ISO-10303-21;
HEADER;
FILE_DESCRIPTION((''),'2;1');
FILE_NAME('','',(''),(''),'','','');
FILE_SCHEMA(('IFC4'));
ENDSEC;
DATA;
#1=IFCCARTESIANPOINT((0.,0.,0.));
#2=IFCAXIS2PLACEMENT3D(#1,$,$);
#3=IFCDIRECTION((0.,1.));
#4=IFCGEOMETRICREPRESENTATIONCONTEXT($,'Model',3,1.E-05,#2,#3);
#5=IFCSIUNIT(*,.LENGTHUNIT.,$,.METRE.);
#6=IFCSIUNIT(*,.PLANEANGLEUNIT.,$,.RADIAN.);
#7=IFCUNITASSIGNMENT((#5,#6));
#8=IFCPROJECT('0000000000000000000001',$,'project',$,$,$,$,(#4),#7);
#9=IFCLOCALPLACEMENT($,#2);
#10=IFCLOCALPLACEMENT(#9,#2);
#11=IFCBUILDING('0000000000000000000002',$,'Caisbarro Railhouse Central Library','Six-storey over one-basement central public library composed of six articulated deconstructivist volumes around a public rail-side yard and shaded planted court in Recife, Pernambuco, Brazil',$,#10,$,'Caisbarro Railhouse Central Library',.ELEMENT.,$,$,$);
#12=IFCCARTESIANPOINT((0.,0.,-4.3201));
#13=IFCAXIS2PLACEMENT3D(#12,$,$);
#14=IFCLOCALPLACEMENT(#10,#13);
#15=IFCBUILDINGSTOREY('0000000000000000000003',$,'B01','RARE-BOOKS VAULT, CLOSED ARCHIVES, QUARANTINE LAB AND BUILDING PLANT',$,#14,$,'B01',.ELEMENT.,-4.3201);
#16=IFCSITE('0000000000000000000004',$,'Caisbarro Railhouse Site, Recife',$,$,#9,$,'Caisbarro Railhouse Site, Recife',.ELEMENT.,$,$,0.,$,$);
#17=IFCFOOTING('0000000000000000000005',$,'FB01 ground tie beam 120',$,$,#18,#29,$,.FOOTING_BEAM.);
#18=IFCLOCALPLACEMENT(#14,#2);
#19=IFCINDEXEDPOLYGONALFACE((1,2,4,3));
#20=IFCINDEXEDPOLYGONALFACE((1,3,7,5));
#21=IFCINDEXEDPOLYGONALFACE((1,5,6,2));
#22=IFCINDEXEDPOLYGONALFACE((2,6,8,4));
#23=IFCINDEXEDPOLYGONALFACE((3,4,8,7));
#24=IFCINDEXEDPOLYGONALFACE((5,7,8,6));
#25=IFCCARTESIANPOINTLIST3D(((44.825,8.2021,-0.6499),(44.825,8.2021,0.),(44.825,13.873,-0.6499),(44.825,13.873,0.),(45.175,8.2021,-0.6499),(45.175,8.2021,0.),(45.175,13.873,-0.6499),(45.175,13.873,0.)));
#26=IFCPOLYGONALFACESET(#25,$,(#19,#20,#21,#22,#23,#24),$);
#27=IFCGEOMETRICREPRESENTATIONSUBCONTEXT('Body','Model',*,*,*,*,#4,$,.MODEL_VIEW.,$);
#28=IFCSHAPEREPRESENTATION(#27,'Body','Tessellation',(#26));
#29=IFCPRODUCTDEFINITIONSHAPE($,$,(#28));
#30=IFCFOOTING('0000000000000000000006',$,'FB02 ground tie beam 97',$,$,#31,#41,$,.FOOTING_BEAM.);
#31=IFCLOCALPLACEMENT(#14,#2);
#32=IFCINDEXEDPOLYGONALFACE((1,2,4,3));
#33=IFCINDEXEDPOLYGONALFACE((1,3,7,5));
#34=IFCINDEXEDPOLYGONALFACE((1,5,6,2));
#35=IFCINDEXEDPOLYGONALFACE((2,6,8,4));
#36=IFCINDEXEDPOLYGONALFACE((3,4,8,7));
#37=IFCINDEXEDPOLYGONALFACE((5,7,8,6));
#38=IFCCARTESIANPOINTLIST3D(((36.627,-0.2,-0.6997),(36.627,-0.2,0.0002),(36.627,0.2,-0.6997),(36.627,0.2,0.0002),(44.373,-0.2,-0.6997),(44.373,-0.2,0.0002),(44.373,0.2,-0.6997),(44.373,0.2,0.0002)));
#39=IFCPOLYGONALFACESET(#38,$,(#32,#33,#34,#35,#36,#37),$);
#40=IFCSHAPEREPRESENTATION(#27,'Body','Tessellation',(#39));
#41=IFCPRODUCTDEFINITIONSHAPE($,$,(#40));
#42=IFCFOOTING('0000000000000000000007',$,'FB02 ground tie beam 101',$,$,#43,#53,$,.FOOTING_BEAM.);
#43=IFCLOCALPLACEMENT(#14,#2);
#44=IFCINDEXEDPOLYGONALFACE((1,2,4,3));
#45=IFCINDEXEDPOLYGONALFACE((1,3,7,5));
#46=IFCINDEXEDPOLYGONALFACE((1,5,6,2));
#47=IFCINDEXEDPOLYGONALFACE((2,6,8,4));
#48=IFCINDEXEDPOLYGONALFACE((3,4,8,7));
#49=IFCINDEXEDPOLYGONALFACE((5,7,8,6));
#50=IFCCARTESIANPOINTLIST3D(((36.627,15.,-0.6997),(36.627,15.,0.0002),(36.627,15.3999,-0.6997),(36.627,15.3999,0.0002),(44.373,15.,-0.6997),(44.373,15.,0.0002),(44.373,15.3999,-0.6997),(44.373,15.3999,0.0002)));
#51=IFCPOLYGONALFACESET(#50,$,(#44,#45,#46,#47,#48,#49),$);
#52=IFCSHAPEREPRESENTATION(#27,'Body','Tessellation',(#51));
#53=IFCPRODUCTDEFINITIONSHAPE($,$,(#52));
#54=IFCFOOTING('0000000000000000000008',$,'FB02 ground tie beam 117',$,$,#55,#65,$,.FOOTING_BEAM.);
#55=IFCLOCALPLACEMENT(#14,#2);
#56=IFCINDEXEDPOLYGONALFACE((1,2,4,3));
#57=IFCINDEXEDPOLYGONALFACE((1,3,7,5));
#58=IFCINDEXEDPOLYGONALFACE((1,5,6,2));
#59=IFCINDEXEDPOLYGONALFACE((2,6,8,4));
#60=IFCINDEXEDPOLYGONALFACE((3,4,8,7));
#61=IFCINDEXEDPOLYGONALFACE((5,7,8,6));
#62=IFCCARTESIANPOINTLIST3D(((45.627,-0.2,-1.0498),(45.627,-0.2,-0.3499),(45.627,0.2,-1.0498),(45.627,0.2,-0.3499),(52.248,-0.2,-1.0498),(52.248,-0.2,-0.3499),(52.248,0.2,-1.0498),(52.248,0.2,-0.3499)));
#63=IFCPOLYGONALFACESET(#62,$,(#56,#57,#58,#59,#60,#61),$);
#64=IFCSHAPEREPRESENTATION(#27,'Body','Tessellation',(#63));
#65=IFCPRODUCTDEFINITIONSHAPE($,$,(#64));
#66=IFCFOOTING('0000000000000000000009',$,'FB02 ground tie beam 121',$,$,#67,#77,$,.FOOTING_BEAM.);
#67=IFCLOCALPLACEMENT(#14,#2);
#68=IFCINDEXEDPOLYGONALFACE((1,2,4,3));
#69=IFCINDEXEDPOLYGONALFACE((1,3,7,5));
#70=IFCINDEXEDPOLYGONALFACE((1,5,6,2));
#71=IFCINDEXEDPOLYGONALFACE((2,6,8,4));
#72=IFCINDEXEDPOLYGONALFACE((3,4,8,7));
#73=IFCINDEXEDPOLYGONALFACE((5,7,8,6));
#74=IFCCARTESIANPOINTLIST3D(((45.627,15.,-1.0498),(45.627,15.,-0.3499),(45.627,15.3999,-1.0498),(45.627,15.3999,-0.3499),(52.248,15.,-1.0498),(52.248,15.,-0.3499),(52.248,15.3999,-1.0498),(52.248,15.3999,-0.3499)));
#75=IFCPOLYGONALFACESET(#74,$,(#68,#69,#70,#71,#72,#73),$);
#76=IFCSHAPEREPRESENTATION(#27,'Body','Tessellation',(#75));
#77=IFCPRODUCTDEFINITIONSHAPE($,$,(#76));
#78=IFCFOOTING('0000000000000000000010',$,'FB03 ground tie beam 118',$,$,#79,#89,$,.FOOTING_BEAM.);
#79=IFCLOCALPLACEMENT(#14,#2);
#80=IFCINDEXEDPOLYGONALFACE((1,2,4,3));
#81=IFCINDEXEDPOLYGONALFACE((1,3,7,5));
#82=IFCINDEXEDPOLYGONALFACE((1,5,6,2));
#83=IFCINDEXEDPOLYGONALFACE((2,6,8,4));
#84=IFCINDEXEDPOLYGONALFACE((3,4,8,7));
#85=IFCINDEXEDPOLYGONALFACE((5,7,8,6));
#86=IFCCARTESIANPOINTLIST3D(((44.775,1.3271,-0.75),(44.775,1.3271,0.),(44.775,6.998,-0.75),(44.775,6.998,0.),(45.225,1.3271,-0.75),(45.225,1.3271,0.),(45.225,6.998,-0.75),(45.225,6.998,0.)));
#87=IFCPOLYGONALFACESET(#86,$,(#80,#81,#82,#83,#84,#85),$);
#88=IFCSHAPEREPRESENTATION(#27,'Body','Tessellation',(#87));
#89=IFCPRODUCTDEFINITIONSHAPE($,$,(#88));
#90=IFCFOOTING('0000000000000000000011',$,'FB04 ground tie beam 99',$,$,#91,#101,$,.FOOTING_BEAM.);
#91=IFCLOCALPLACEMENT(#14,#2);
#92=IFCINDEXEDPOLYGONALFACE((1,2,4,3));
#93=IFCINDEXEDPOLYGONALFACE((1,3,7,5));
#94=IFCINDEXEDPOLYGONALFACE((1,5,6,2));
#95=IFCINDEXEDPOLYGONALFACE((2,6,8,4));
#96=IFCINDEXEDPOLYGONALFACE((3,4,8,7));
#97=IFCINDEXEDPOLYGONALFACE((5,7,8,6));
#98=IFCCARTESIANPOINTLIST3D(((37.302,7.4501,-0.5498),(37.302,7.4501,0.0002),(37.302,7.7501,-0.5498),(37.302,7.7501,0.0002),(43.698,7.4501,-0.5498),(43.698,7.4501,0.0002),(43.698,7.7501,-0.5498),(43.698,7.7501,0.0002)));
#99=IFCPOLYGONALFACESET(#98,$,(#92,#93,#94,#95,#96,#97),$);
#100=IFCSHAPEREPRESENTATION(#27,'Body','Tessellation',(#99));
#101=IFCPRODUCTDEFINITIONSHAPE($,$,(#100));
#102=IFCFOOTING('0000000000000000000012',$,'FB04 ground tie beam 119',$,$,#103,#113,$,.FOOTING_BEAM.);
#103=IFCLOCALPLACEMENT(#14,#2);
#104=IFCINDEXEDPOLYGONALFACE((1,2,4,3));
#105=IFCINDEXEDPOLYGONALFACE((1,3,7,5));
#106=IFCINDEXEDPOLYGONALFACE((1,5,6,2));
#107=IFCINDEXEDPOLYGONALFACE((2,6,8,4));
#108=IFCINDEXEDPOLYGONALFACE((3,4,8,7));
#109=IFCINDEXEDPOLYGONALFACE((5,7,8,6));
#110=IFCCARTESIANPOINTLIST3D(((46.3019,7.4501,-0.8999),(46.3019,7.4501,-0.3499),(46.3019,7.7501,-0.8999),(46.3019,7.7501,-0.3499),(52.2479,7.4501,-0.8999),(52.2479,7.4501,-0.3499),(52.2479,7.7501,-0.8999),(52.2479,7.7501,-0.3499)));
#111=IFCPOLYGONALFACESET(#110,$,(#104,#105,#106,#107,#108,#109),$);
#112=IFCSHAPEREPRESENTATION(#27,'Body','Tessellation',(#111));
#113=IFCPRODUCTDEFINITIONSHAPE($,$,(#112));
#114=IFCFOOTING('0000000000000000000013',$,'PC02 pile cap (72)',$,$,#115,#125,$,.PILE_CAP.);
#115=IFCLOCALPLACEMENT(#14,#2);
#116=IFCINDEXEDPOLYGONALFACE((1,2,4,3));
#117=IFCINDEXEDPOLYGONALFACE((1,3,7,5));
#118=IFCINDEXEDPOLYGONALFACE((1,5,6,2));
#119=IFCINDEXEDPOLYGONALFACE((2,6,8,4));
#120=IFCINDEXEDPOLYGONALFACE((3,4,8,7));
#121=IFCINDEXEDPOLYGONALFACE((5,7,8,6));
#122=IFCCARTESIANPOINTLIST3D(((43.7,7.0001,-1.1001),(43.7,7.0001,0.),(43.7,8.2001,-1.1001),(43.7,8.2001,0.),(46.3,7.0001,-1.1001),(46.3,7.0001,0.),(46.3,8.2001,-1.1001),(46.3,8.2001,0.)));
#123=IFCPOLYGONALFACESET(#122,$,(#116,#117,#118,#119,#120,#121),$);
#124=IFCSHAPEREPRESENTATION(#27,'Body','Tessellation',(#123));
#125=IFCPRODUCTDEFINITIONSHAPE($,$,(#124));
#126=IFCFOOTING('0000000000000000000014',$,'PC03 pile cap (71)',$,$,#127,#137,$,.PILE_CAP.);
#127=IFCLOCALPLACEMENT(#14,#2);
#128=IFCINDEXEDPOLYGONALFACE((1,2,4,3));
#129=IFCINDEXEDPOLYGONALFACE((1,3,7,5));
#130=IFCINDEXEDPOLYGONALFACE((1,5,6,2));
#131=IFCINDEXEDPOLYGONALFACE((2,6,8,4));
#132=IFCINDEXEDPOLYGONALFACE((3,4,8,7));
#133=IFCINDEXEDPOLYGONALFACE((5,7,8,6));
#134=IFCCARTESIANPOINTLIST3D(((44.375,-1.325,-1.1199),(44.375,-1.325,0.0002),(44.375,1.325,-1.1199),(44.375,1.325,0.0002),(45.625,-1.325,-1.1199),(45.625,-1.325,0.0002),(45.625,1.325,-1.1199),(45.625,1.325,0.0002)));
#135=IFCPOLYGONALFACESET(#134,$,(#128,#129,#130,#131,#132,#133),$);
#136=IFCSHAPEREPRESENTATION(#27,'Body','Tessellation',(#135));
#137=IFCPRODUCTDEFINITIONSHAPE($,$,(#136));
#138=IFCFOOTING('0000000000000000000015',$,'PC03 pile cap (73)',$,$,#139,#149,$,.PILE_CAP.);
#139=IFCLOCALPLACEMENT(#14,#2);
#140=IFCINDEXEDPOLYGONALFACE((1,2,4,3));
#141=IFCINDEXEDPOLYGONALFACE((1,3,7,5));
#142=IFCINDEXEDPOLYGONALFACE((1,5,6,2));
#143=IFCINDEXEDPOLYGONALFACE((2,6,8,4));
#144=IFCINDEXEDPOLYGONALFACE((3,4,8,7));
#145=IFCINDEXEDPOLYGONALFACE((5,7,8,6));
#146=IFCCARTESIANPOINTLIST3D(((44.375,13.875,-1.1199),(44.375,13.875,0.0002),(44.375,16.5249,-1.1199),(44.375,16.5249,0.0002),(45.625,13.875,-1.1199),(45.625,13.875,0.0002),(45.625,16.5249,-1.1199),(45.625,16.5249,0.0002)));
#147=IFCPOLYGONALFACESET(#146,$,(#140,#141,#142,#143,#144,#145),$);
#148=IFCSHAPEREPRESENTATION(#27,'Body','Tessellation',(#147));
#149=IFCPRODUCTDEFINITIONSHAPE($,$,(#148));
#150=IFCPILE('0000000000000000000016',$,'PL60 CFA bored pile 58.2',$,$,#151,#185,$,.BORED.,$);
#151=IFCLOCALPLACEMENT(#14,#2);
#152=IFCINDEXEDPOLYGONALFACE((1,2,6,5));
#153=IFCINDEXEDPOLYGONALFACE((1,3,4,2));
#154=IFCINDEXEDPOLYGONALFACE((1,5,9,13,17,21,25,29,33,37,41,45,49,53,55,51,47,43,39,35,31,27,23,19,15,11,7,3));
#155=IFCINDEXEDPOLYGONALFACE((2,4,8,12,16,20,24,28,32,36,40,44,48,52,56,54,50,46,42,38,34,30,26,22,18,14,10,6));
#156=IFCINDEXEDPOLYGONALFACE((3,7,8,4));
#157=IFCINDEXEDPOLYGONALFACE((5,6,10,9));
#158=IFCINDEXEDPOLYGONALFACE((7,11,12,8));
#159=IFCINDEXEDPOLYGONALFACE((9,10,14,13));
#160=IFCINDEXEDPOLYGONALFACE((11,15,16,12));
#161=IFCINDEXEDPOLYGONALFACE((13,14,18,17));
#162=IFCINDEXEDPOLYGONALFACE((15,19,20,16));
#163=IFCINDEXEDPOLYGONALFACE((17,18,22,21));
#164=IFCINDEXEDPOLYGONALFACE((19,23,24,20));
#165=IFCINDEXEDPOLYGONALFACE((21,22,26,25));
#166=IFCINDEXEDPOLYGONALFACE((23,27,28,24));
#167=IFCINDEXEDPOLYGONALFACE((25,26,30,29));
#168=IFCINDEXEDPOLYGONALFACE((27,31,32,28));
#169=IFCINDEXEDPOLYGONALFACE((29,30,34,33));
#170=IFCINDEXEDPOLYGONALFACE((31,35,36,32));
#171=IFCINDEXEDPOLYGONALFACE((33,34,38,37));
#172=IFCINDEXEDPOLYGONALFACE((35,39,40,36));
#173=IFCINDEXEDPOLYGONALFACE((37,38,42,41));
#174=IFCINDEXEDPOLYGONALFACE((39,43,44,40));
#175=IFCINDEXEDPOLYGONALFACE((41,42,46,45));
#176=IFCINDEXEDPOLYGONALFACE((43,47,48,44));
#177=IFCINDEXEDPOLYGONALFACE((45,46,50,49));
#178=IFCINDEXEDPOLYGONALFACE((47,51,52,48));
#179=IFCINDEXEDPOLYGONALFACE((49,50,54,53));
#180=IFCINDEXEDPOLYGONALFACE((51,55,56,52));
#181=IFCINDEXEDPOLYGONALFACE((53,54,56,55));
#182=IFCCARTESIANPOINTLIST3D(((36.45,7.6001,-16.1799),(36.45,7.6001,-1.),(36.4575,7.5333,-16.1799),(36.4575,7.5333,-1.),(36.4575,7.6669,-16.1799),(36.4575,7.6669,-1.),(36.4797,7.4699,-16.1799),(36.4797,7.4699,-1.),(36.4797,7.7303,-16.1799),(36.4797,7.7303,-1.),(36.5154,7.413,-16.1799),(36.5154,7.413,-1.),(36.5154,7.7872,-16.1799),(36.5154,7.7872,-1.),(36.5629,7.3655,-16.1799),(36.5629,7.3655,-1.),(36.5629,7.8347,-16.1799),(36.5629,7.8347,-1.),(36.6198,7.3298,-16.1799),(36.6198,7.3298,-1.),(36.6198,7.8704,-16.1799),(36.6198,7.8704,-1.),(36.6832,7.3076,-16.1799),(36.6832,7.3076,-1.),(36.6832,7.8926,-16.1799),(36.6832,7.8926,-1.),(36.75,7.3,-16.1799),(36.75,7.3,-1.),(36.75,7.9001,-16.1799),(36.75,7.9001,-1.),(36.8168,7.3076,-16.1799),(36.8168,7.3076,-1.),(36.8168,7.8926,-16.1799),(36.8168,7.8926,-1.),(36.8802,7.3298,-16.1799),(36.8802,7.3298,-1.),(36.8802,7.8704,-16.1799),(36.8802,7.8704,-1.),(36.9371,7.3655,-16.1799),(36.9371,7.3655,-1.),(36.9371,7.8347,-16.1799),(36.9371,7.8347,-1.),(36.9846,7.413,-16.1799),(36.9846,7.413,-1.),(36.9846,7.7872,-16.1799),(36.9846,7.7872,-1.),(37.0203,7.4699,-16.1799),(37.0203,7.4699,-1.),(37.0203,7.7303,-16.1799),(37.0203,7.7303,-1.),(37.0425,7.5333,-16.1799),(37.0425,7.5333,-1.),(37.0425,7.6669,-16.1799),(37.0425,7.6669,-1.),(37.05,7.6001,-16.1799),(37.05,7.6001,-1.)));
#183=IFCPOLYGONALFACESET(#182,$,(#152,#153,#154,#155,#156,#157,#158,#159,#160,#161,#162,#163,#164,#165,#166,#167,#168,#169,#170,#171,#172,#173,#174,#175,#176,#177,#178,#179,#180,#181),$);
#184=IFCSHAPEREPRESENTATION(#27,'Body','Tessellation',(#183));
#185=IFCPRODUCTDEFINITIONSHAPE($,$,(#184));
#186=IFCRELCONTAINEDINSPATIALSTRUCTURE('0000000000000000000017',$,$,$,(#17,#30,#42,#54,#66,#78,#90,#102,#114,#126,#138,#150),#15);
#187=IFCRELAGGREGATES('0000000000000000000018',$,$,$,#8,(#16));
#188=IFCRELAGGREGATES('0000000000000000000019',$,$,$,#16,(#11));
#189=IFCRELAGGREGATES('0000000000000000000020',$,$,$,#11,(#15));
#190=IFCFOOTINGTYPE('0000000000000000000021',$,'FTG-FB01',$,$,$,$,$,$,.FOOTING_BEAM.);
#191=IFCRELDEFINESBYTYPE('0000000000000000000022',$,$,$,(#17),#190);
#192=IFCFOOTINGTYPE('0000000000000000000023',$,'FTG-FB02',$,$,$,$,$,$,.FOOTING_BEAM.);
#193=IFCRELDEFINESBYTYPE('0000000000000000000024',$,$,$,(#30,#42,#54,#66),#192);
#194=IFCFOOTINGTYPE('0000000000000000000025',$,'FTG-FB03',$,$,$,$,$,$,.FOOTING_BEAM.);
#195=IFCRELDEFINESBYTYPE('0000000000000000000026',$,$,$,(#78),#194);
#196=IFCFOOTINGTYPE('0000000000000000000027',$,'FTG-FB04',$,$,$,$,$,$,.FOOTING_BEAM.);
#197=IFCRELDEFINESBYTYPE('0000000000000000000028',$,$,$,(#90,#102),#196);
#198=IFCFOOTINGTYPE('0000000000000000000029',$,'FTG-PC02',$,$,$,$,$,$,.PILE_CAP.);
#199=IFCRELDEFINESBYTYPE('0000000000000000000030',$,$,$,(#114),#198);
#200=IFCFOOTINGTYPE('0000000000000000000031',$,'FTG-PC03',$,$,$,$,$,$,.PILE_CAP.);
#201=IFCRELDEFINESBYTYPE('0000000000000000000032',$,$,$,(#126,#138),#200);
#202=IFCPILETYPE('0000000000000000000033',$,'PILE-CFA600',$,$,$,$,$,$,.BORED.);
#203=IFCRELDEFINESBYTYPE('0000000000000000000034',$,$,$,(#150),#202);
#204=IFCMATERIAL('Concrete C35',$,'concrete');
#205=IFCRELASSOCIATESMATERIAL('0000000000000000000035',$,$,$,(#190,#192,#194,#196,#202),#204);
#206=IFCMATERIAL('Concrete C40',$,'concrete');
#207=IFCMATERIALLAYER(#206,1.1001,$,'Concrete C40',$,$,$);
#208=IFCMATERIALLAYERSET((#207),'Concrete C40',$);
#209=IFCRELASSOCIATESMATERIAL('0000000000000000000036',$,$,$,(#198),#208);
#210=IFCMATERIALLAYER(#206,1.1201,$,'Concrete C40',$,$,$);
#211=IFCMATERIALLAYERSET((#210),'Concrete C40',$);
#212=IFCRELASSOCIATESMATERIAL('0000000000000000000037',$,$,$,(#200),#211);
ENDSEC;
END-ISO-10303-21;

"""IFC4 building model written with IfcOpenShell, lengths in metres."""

from ifc_helpers import new_model, si_unit, direction, frame, origin, origin_2d, place, context, subcontext, project, spatial, rectangle, circle, extrude, material, layer, layer_set, material_profile, profile_set, type_object, element, save


model = new_model("IFC4")

# Units and contexts
model_context = context("Model", 3, precision=1e-05, world=origin(), true_north=direction((0.0, 1.0)))
body_context = subcontext(model_context, "Body", "Model", "MODEL_VIEW")
ifc_project = project(units=[si_unit("LENGTHUNIT", "METRE"), si_unit("PLANEANGLEUNIT", "RADIAN")], contexts=[model_context])

# Site, building, storey
site_placement = place(None, origin())
site = spatial("IfcSite", under=ifc_project, at=site_placement, Name="Caisbarro Railhouse Site, Recife", LongName="Caisbarro Railhouse Site, Recife", CompositionType="ELEMENT", RefElevation=0.0)
building_placement = place(site_placement, origin())
building = spatial("IfcBuilding", under=site, at=building_placement, Name="Caisbarro Railhouse Central Library", Description="Six-storey over one-basement central public library composed of six articulated deconstructivist volumes around a public rail-side yard and shaded planted court in Recife, Pernambuco, Brazil", LongName="Caisbarro Railhouse Central Library", CompositionType="ELEMENT")
storey_placement = place(building_placement, frame((0.0, 0.0, -4.3201)))
storey = spatial("IfcBuildingStorey", under=building, at=storey_placement, Name="B01", Description="RARE-BOOKS VAULT, CLOSED ARCHIVES, QUARANTINE LAB AND BUILDING PLANT", LongName="B01", CompositionType="ELEMENT", Elevation=-4.3201)

# Footings
ifc_material_1 = material(Name="Concrete C35", Category="concrete")
footing_type_1 = type_object("IfcFootingType", Name="FTG-FB01", PredefinedType="FOOTING_BEAM", material=ifc_material_1)
footing_1_placement = place(storey_placement, frame((45.0, 11.0376, -0.6499), z_axis=(0.0, 0.0, 1.0), x_axis=(0.0, 1.0, 0.0)))
element("IfcFooting", 1, at=footing_1_placement, inside=storey, type_object=footing_type_1, Name="FB01 ground tie beam 120", PredefinedType="FOOTING_BEAM", context=body_context, shape_type="SweptSolid", body=[
    extrude(rectangle(XDim=5.6709, YDim=0.3501, at=origin_2d()), origin(), (0.0, 0.0, 1.0), 0.6499),
])
footing_type_2 = type_object("IfcFootingType", Name="FTG-FB02", PredefinedType="FOOTING_BEAM", material=ifc_material_1)
for number, where, z_axis, x_axis, name in (
    (2, (40.5, 0.0, -0.6997), (0.0, 0.0, 1.0), (1.0, 0.0, 0.0), "FB02 ground tie beam 97"),
    (3, (40.5, 15.2, -0.6997), (0.0, 0.0, 1.0), (1.0, 0.0, 0.0), "FB02 ground tie beam 101"),
):
    element("IfcFooting", number, at=place(storey_placement, frame(where, z_axis=z_axis, x_axis=x_axis)), inside=storey, type_object=footing_type_2, Name=name, PredefinedType="FOOTING_BEAM", context=body_context, shape_type="SweptSolid", body=[
        extrude(rectangle(XDim=7.7461, YDim=0.3999, at=origin_2d()), origin(), (0.0, 0.0, 1.0), 0.7),
    ])
for number, where, z_axis, x_axis, name in (
    (4, (48.9375, 0.0, -1.0498), (0.0, 0.0, 1.0), (1.0, 0.0, 0.0), "FB02 ground tie beam 117"),
    (5, (48.9375, 15.2, -1.0498), (0.0, 0.0, 1.0), (1.0, 0.0, 0.0), "FB02 ground tie beam 121"),
):
    element("IfcFooting", number, at=place(storey_placement, frame(where, z_axis=z_axis, x_axis=x_axis)), inside=storey, type_object=footing_type_2, Name=name, PredefinedType="FOOTING_BEAM", context=body_context, shape_type="SweptSolid", body=[
        extrude(rectangle(XDim=6.6211, YDim=0.3999, at=origin_2d()), origin(), (0.0, 0.0, 1.0), 0.7),
    ])
footing_type_3 = type_object("IfcFootingType", Name="FTG-FB03", PredefinedType="FOOTING_BEAM", material=ifc_material_1)
footing_2_placement = place(storey_placement, frame((45.0, 4.1626, -0.75), z_axis=(0.0, 0.0, 1.0), x_axis=(0.0, 1.0, 0.0)))
element("IfcFooting", 6, at=footing_2_placement, inside=storey, type_object=footing_type_3, Name="FB03 ground tie beam 118", PredefinedType="FOOTING_BEAM", context=body_context, shape_type="SweptSolid", body=[
    extrude(rectangle(XDim=5.6709, YDim=0.45, at=origin_2d()), origin(), (0.0, 0.0, 1.0), 0.75),
])
footing_type_4 = type_object("IfcFootingType", Name="FTG-FB04", PredefinedType="FOOTING_BEAM", material=ifc_material_1)
footing_3_placement = place(storey_placement, frame((40.5, 7.6001, -0.5498), z_axis=(0.0, 0.0, 1.0), x_axis=(1.0, 0.0, 0.0)))
element("IfcFooting", 7, at=footing_3_placement, inside=storey, type_object=footing_type_4, Name="FB04 ground tie beam 99", PredefinedType="FOOTING_BEAM", context=body_context, shape_type="SweptSolid", body=[
    extrude(rectangle(XDim=6.396, YDim=0.3, at=origin_2d()), origin(), (0.0, 0.0, 1.0), 0.55),
])
footing_4_placement = place(storey_placement, frame((49.2749, 7.6001, -0.8999), z_axis=(0.0, 0.0, 1.0), x_axis=(1.0, 0.0, 0.0)))
element("IfcFooting", 8, at=footing_4_placement, inside=storey, type_object=footing_type_4, Name="FB04 ground tie beam 119", PredefinedType="FOOTING_BEAM", context=body_context, shape_type="SweptSolid", body=[
    extrude(rectangle(XDim=5.946, YDim=0.3, at=origin_2d()), origin(), (0.0, 0.0, 1.0), 0.55),
])
ifc_material_2 = material(Name="Concrete C40", Category="concrete")
ifc_layer_1 = layer(ifc_material_2, 1.1001, Name="Concrete C40")
ifc_layer_set_1 = layer_set([ifc_layer_1], Name="Concrete C40")
footing_type_5 = type_object("IfcFootingType", Name="FTG-PC02", PredefinedType="PILE_CAP", material=ifc_layer_set_1)
footing_5_placement = place(storey_placement, frame((45.0, 7.6001, -1.1001), z_axis=(0.0, 0.0, 1.0), x_axis=(1.0, 0.0, 0.0)))
element("IfcFooting", 9, at=footing_5_placement, inside=storey, type_object=footing_type_5, Name="PC02 pile cap (72)", PredefinedType="PILE_CAP", context=body_context, shape_type="SweptSolid", body=[
    extrude(rectangle(XDim=2.6001, YDim=1.2, at=origin_2d()), origin(), (0.0, 0.0, 1.0), 1.1001),
])
ifc_layer_2 = layer(ifc_material_2, 1.1201, Name="Concrete C40")
ifc_layer_set_2 = layer_set([ifc_layer_2], Name="Concrete C40")
footing_type_6 = type_object("IfcFootingType", Name="FTG-PC03", PredefinedType="PILE_CAP", material=ifc_layer_set_2)
for number, where, z_axis, x_axis, name in (
    (10, (45.0, 0.0, -1.1199), (0.0, 0.0, 1.0), (1.0, 0.0, 0.0), "PC03 pile cap (71)"),
    (11, (45.0, 15.2, -1.1199), (0.0, 0.0, 1.0), (1.0, 0.0, 0.0), "PC03 pile cap (73)"),
):
    element("IfcFooting", number, at=place(storey_placement, frame(where, z_axis=z_axis, x_axis=x_axis)), inside=storey, type_object=footing_type_6, Name=name, PredefinedType="PILE_CAP", context=body_context, shape_type="SweptSolid", body=[
        extrude(rectangle(XDim=1.25, YDim=2.6499, at=origin_2d()), origin(), (0.0, 0.0, 1.0), 1.1201),
    ])

# Pile
ifc_material_profile_1 = material_profile(ifc_material_1, circle(Radius=0.3, at=origin_2d()), Name="PILE-CFA-600")
ifc_profile_set_1 = profile_set([ifc_material_profile_1], Name="Concrete C35")
pile_type_1 = type_object("IfcPileType", Name="PILE-CFA600", PredefinedType="BORED", material=ifc_profile_set_1)
pile_placement = place(storey_placement, frame((36.75, 7.6001, -1.0), z_axis=(0.0, 0.0, -1.0), x_axis=(1.0, 0.0, 0.0)))
element("IfcPile", 12, at=pile_placement, inside=storey, type_object=pile_type_1, Name="PL60 CFA bored pile 58.2", PredefinedType="BORED", context=body_context, shape_type="SweptSolid", body=[
    extrude(circle(Radius=0.3, at=origin_2d()), origin(), (0.0, 0.0, 1.0), 15.1799),
])

save(model, "model.ifc")
